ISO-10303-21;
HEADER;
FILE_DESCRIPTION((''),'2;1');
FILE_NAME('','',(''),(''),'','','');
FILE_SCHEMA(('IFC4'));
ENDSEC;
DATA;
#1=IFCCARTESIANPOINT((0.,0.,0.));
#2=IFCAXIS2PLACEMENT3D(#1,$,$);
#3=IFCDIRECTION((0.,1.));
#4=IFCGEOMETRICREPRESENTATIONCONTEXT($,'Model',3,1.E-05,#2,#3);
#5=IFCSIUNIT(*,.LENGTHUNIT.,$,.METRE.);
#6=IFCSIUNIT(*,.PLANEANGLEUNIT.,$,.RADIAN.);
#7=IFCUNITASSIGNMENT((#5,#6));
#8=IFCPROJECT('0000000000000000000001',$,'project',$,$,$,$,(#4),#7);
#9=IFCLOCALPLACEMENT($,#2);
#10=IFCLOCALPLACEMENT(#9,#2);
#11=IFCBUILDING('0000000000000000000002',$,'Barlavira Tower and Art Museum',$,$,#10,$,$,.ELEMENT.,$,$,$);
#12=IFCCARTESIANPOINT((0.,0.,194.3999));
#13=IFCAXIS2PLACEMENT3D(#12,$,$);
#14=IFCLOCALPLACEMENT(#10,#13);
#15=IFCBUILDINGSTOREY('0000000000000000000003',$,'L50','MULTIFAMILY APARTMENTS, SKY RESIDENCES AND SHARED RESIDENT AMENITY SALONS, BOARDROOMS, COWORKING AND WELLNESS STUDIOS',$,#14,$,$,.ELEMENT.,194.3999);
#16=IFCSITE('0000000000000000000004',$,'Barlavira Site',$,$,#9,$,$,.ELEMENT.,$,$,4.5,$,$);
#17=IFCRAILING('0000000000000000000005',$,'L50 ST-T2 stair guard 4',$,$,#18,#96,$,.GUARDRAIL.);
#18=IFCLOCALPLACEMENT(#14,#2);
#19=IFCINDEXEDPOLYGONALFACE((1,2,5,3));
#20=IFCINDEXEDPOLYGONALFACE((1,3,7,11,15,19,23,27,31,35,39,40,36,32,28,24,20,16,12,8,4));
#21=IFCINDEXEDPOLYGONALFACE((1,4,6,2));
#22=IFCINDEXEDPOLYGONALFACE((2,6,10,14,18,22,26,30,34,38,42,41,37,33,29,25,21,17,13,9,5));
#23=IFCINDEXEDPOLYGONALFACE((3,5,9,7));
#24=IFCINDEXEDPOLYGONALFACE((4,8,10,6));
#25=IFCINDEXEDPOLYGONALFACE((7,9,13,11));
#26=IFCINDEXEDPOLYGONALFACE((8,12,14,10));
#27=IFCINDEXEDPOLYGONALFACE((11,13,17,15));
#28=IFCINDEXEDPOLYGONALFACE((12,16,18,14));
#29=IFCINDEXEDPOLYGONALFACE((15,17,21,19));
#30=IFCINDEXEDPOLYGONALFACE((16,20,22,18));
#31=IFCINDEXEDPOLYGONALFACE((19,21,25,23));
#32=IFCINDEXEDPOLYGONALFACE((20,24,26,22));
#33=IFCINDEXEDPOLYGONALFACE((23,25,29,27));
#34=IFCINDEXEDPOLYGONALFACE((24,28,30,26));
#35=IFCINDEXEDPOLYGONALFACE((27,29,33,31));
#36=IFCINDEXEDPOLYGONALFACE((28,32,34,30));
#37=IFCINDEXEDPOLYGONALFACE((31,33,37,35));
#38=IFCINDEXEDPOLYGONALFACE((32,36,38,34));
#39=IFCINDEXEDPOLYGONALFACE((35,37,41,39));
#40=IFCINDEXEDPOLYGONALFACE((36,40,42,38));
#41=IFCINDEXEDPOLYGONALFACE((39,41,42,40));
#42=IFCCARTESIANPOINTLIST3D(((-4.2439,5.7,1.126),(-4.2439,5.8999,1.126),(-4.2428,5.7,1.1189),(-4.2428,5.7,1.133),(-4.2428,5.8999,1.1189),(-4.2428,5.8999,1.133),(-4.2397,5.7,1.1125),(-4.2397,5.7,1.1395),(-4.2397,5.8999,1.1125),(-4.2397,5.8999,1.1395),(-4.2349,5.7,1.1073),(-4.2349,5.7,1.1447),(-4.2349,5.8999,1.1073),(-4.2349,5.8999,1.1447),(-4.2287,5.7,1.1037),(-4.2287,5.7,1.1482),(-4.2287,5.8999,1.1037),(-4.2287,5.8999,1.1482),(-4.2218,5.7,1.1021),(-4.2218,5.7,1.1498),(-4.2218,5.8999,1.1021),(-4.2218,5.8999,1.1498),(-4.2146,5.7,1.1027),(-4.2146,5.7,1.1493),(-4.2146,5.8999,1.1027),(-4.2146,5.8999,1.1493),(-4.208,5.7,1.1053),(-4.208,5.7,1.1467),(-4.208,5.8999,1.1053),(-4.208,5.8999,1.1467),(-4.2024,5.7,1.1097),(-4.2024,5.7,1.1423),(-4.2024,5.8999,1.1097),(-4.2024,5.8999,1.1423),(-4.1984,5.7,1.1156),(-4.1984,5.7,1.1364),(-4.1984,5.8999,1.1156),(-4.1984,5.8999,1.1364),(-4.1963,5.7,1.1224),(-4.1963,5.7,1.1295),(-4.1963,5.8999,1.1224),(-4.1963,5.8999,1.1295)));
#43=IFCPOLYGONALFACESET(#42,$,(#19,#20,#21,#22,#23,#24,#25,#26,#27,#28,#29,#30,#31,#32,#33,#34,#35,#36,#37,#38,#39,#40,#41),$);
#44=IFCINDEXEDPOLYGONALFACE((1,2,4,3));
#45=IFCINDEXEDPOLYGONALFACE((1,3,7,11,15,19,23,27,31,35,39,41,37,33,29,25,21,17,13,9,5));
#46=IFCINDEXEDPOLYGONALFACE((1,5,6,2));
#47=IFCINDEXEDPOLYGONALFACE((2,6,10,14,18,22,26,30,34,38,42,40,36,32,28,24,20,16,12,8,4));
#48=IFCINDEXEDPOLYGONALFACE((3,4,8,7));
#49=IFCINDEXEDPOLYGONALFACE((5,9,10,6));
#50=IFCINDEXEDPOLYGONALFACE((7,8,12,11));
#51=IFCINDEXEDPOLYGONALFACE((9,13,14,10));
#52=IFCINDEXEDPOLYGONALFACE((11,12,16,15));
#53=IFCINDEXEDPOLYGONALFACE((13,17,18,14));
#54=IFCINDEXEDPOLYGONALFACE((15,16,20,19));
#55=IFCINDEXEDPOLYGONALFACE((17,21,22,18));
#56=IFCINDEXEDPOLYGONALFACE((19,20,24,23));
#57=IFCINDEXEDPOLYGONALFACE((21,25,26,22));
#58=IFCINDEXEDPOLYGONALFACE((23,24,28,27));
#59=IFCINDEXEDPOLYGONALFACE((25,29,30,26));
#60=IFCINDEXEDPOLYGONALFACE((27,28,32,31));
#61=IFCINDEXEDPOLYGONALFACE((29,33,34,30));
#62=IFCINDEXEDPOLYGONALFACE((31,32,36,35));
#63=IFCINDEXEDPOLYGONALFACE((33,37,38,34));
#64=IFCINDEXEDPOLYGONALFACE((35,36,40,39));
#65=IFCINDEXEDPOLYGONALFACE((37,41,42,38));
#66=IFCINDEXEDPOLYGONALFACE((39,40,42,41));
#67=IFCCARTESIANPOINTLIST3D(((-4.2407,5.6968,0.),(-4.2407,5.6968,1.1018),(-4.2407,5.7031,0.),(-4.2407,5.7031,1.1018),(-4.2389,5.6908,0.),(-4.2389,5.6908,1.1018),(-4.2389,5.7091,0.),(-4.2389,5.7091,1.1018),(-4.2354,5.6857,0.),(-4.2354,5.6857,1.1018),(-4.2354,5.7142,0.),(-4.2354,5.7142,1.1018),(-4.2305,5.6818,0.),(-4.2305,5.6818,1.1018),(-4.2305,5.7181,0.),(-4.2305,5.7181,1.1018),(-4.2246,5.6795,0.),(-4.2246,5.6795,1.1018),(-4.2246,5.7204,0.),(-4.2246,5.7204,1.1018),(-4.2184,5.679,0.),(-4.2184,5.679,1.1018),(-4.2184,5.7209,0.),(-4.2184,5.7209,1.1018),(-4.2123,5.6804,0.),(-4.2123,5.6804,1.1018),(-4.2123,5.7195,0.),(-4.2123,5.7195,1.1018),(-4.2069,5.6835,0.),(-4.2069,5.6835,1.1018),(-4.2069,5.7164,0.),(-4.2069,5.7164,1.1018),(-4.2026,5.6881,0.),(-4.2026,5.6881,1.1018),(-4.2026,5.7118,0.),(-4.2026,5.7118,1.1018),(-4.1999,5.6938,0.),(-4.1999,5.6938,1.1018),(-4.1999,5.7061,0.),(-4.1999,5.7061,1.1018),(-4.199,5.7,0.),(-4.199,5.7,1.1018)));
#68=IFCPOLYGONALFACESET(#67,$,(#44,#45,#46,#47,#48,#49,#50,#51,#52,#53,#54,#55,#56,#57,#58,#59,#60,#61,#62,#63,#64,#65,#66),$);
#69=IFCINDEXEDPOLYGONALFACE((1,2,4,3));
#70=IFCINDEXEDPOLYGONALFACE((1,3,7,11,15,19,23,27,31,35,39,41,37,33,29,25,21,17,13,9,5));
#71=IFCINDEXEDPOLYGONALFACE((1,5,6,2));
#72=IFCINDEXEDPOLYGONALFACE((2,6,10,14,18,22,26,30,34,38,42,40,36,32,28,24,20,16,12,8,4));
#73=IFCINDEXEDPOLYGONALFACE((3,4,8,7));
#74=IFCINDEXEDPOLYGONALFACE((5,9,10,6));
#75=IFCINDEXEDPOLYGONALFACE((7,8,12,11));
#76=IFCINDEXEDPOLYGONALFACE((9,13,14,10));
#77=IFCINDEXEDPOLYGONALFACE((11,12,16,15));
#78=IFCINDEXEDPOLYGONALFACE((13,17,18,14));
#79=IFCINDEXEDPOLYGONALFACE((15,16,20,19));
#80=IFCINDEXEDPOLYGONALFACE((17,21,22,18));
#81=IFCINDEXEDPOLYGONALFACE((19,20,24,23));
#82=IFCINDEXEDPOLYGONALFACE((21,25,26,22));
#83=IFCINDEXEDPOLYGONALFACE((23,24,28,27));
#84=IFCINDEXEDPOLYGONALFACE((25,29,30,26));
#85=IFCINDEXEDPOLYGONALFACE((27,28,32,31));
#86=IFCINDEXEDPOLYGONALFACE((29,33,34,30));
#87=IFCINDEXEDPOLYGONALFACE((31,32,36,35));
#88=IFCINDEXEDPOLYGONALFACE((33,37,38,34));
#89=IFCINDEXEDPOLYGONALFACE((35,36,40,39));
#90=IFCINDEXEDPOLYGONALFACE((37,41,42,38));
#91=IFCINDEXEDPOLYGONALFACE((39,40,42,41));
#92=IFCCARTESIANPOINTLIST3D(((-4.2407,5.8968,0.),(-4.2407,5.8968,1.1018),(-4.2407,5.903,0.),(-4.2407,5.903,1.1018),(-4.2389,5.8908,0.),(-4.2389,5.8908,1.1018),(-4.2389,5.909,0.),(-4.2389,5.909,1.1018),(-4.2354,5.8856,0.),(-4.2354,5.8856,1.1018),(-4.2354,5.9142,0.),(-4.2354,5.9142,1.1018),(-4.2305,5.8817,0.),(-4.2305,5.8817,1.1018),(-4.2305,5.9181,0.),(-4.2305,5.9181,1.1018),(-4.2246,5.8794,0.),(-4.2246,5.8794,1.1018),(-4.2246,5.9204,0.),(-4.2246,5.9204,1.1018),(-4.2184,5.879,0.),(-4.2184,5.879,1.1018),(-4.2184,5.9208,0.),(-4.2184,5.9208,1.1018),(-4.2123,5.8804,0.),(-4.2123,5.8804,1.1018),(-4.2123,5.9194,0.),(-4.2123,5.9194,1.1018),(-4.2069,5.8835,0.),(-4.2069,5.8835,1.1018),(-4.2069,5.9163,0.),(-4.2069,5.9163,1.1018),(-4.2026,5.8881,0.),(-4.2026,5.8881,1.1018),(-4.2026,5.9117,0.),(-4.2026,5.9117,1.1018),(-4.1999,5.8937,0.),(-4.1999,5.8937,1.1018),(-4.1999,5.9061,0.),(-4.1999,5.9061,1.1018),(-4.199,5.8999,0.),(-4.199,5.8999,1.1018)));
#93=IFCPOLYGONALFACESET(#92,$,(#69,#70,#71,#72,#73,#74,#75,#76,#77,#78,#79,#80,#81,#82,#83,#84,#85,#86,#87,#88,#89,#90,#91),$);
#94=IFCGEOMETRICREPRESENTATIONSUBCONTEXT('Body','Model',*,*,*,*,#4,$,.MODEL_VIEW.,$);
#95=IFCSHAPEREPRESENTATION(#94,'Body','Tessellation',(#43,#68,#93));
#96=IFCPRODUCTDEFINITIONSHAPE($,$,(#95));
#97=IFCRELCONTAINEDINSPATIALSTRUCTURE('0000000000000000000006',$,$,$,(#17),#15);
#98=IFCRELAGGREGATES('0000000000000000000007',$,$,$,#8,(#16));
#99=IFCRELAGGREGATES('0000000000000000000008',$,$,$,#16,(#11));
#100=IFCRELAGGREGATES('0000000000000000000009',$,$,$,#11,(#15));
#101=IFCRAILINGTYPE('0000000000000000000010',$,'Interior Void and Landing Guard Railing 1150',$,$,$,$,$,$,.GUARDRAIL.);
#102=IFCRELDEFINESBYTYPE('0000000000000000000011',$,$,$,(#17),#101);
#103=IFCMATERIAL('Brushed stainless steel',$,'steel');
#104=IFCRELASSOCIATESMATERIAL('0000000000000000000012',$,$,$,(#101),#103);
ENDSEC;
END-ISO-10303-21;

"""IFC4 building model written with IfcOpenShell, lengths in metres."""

from ifc_helpers import new_model, si_unit, direction, frame, origin, origin_2d, place, context, subcontext, project, spatial, circle, extrude, material, type_object, element, save


model = new_model("IFC4")

# Units and contexts
model_context = context("Model", 3, precision=1e-05, world=origin(), true_north=direction((0.0, 1.0)))
body_context = subcontext(model_context, "Body", "Model", "MODEL_VIEW")
ifc_project = project(units=[si_unit("LENGTHUNIT", "METRE"), si_unit("PLANEANGLEUNIT", "RADIAN")], contexts=[model_context])

# Site, building, storey
site_placement = place(None, origin())
site = spatial("IfcSite", under=ifc_project, at=site_placement, Name="Barlavira Site", CompositionType="ELEMENT", RefElevation=4.5)
building_placement = place(site_placement, origin())
building = spatial("IfcBuilding", under=site, at=building_placement, Name="Barlavira Tower and Art Museum", CompositionType="ELEMENT")
storey_placement = place(building_placement, frame((0.0, 0.0, 194.3999)))
storey = spatial("IfcBuildingStorey", under=building, at=storey_placement, Name="L50", Description="MULTIFAMILY APARTMENTS, SKY RESIDENCES AND SHARED RESIDENT AMENITY SALONS, BOARDROOMS, COWORKING AND WELLNESS STUDIOS", CompositionType="ELEMENT", Elevation=194.3999)

# Shared definitions
ifc_material_1 = material(Name="Brushed stainless steel", Category="steel")

# Railing
railing_type_1 = type_object("IfcRailingType", Name="Interior Void and Landing Guard Railing 1150", PredefinedType="GUARDRAIL", material=ifc_material_1)
railing_1_placement = place(storey_placement, frame((-4.22, 5.7, 0.0)))
element("IfcRailing", 1, at=railing_1_placement, inside=storey, type_object=railing_type_1, Name="L50 ST-T2 stair guard 4", PredefinedType="GUARDRAIL", context=body_context, shape_type="SweptSolid", body=[
    extrude(circle(Radius=0.0239, at=origin_2d()), frame((0.0, 0.0, 1.126), z_axis=(0.0, 1.0, 0.0), x_axis=(-1.0, 0.0, 0.0)), (0.0, 0.0, 1.0), 0.2),
    extrude(circle(Radius=0.021, at=origin_2d()), origin(), (0.0, 0.0, 1.0), 1.1018),
    extrude(circle(Radius=0.021, at=origin_2d()), frame((0.0, 0.2, 0.0)), (0.0, 0.0, 1.0), 1.1018),
])

save(model, "model.ifc")
